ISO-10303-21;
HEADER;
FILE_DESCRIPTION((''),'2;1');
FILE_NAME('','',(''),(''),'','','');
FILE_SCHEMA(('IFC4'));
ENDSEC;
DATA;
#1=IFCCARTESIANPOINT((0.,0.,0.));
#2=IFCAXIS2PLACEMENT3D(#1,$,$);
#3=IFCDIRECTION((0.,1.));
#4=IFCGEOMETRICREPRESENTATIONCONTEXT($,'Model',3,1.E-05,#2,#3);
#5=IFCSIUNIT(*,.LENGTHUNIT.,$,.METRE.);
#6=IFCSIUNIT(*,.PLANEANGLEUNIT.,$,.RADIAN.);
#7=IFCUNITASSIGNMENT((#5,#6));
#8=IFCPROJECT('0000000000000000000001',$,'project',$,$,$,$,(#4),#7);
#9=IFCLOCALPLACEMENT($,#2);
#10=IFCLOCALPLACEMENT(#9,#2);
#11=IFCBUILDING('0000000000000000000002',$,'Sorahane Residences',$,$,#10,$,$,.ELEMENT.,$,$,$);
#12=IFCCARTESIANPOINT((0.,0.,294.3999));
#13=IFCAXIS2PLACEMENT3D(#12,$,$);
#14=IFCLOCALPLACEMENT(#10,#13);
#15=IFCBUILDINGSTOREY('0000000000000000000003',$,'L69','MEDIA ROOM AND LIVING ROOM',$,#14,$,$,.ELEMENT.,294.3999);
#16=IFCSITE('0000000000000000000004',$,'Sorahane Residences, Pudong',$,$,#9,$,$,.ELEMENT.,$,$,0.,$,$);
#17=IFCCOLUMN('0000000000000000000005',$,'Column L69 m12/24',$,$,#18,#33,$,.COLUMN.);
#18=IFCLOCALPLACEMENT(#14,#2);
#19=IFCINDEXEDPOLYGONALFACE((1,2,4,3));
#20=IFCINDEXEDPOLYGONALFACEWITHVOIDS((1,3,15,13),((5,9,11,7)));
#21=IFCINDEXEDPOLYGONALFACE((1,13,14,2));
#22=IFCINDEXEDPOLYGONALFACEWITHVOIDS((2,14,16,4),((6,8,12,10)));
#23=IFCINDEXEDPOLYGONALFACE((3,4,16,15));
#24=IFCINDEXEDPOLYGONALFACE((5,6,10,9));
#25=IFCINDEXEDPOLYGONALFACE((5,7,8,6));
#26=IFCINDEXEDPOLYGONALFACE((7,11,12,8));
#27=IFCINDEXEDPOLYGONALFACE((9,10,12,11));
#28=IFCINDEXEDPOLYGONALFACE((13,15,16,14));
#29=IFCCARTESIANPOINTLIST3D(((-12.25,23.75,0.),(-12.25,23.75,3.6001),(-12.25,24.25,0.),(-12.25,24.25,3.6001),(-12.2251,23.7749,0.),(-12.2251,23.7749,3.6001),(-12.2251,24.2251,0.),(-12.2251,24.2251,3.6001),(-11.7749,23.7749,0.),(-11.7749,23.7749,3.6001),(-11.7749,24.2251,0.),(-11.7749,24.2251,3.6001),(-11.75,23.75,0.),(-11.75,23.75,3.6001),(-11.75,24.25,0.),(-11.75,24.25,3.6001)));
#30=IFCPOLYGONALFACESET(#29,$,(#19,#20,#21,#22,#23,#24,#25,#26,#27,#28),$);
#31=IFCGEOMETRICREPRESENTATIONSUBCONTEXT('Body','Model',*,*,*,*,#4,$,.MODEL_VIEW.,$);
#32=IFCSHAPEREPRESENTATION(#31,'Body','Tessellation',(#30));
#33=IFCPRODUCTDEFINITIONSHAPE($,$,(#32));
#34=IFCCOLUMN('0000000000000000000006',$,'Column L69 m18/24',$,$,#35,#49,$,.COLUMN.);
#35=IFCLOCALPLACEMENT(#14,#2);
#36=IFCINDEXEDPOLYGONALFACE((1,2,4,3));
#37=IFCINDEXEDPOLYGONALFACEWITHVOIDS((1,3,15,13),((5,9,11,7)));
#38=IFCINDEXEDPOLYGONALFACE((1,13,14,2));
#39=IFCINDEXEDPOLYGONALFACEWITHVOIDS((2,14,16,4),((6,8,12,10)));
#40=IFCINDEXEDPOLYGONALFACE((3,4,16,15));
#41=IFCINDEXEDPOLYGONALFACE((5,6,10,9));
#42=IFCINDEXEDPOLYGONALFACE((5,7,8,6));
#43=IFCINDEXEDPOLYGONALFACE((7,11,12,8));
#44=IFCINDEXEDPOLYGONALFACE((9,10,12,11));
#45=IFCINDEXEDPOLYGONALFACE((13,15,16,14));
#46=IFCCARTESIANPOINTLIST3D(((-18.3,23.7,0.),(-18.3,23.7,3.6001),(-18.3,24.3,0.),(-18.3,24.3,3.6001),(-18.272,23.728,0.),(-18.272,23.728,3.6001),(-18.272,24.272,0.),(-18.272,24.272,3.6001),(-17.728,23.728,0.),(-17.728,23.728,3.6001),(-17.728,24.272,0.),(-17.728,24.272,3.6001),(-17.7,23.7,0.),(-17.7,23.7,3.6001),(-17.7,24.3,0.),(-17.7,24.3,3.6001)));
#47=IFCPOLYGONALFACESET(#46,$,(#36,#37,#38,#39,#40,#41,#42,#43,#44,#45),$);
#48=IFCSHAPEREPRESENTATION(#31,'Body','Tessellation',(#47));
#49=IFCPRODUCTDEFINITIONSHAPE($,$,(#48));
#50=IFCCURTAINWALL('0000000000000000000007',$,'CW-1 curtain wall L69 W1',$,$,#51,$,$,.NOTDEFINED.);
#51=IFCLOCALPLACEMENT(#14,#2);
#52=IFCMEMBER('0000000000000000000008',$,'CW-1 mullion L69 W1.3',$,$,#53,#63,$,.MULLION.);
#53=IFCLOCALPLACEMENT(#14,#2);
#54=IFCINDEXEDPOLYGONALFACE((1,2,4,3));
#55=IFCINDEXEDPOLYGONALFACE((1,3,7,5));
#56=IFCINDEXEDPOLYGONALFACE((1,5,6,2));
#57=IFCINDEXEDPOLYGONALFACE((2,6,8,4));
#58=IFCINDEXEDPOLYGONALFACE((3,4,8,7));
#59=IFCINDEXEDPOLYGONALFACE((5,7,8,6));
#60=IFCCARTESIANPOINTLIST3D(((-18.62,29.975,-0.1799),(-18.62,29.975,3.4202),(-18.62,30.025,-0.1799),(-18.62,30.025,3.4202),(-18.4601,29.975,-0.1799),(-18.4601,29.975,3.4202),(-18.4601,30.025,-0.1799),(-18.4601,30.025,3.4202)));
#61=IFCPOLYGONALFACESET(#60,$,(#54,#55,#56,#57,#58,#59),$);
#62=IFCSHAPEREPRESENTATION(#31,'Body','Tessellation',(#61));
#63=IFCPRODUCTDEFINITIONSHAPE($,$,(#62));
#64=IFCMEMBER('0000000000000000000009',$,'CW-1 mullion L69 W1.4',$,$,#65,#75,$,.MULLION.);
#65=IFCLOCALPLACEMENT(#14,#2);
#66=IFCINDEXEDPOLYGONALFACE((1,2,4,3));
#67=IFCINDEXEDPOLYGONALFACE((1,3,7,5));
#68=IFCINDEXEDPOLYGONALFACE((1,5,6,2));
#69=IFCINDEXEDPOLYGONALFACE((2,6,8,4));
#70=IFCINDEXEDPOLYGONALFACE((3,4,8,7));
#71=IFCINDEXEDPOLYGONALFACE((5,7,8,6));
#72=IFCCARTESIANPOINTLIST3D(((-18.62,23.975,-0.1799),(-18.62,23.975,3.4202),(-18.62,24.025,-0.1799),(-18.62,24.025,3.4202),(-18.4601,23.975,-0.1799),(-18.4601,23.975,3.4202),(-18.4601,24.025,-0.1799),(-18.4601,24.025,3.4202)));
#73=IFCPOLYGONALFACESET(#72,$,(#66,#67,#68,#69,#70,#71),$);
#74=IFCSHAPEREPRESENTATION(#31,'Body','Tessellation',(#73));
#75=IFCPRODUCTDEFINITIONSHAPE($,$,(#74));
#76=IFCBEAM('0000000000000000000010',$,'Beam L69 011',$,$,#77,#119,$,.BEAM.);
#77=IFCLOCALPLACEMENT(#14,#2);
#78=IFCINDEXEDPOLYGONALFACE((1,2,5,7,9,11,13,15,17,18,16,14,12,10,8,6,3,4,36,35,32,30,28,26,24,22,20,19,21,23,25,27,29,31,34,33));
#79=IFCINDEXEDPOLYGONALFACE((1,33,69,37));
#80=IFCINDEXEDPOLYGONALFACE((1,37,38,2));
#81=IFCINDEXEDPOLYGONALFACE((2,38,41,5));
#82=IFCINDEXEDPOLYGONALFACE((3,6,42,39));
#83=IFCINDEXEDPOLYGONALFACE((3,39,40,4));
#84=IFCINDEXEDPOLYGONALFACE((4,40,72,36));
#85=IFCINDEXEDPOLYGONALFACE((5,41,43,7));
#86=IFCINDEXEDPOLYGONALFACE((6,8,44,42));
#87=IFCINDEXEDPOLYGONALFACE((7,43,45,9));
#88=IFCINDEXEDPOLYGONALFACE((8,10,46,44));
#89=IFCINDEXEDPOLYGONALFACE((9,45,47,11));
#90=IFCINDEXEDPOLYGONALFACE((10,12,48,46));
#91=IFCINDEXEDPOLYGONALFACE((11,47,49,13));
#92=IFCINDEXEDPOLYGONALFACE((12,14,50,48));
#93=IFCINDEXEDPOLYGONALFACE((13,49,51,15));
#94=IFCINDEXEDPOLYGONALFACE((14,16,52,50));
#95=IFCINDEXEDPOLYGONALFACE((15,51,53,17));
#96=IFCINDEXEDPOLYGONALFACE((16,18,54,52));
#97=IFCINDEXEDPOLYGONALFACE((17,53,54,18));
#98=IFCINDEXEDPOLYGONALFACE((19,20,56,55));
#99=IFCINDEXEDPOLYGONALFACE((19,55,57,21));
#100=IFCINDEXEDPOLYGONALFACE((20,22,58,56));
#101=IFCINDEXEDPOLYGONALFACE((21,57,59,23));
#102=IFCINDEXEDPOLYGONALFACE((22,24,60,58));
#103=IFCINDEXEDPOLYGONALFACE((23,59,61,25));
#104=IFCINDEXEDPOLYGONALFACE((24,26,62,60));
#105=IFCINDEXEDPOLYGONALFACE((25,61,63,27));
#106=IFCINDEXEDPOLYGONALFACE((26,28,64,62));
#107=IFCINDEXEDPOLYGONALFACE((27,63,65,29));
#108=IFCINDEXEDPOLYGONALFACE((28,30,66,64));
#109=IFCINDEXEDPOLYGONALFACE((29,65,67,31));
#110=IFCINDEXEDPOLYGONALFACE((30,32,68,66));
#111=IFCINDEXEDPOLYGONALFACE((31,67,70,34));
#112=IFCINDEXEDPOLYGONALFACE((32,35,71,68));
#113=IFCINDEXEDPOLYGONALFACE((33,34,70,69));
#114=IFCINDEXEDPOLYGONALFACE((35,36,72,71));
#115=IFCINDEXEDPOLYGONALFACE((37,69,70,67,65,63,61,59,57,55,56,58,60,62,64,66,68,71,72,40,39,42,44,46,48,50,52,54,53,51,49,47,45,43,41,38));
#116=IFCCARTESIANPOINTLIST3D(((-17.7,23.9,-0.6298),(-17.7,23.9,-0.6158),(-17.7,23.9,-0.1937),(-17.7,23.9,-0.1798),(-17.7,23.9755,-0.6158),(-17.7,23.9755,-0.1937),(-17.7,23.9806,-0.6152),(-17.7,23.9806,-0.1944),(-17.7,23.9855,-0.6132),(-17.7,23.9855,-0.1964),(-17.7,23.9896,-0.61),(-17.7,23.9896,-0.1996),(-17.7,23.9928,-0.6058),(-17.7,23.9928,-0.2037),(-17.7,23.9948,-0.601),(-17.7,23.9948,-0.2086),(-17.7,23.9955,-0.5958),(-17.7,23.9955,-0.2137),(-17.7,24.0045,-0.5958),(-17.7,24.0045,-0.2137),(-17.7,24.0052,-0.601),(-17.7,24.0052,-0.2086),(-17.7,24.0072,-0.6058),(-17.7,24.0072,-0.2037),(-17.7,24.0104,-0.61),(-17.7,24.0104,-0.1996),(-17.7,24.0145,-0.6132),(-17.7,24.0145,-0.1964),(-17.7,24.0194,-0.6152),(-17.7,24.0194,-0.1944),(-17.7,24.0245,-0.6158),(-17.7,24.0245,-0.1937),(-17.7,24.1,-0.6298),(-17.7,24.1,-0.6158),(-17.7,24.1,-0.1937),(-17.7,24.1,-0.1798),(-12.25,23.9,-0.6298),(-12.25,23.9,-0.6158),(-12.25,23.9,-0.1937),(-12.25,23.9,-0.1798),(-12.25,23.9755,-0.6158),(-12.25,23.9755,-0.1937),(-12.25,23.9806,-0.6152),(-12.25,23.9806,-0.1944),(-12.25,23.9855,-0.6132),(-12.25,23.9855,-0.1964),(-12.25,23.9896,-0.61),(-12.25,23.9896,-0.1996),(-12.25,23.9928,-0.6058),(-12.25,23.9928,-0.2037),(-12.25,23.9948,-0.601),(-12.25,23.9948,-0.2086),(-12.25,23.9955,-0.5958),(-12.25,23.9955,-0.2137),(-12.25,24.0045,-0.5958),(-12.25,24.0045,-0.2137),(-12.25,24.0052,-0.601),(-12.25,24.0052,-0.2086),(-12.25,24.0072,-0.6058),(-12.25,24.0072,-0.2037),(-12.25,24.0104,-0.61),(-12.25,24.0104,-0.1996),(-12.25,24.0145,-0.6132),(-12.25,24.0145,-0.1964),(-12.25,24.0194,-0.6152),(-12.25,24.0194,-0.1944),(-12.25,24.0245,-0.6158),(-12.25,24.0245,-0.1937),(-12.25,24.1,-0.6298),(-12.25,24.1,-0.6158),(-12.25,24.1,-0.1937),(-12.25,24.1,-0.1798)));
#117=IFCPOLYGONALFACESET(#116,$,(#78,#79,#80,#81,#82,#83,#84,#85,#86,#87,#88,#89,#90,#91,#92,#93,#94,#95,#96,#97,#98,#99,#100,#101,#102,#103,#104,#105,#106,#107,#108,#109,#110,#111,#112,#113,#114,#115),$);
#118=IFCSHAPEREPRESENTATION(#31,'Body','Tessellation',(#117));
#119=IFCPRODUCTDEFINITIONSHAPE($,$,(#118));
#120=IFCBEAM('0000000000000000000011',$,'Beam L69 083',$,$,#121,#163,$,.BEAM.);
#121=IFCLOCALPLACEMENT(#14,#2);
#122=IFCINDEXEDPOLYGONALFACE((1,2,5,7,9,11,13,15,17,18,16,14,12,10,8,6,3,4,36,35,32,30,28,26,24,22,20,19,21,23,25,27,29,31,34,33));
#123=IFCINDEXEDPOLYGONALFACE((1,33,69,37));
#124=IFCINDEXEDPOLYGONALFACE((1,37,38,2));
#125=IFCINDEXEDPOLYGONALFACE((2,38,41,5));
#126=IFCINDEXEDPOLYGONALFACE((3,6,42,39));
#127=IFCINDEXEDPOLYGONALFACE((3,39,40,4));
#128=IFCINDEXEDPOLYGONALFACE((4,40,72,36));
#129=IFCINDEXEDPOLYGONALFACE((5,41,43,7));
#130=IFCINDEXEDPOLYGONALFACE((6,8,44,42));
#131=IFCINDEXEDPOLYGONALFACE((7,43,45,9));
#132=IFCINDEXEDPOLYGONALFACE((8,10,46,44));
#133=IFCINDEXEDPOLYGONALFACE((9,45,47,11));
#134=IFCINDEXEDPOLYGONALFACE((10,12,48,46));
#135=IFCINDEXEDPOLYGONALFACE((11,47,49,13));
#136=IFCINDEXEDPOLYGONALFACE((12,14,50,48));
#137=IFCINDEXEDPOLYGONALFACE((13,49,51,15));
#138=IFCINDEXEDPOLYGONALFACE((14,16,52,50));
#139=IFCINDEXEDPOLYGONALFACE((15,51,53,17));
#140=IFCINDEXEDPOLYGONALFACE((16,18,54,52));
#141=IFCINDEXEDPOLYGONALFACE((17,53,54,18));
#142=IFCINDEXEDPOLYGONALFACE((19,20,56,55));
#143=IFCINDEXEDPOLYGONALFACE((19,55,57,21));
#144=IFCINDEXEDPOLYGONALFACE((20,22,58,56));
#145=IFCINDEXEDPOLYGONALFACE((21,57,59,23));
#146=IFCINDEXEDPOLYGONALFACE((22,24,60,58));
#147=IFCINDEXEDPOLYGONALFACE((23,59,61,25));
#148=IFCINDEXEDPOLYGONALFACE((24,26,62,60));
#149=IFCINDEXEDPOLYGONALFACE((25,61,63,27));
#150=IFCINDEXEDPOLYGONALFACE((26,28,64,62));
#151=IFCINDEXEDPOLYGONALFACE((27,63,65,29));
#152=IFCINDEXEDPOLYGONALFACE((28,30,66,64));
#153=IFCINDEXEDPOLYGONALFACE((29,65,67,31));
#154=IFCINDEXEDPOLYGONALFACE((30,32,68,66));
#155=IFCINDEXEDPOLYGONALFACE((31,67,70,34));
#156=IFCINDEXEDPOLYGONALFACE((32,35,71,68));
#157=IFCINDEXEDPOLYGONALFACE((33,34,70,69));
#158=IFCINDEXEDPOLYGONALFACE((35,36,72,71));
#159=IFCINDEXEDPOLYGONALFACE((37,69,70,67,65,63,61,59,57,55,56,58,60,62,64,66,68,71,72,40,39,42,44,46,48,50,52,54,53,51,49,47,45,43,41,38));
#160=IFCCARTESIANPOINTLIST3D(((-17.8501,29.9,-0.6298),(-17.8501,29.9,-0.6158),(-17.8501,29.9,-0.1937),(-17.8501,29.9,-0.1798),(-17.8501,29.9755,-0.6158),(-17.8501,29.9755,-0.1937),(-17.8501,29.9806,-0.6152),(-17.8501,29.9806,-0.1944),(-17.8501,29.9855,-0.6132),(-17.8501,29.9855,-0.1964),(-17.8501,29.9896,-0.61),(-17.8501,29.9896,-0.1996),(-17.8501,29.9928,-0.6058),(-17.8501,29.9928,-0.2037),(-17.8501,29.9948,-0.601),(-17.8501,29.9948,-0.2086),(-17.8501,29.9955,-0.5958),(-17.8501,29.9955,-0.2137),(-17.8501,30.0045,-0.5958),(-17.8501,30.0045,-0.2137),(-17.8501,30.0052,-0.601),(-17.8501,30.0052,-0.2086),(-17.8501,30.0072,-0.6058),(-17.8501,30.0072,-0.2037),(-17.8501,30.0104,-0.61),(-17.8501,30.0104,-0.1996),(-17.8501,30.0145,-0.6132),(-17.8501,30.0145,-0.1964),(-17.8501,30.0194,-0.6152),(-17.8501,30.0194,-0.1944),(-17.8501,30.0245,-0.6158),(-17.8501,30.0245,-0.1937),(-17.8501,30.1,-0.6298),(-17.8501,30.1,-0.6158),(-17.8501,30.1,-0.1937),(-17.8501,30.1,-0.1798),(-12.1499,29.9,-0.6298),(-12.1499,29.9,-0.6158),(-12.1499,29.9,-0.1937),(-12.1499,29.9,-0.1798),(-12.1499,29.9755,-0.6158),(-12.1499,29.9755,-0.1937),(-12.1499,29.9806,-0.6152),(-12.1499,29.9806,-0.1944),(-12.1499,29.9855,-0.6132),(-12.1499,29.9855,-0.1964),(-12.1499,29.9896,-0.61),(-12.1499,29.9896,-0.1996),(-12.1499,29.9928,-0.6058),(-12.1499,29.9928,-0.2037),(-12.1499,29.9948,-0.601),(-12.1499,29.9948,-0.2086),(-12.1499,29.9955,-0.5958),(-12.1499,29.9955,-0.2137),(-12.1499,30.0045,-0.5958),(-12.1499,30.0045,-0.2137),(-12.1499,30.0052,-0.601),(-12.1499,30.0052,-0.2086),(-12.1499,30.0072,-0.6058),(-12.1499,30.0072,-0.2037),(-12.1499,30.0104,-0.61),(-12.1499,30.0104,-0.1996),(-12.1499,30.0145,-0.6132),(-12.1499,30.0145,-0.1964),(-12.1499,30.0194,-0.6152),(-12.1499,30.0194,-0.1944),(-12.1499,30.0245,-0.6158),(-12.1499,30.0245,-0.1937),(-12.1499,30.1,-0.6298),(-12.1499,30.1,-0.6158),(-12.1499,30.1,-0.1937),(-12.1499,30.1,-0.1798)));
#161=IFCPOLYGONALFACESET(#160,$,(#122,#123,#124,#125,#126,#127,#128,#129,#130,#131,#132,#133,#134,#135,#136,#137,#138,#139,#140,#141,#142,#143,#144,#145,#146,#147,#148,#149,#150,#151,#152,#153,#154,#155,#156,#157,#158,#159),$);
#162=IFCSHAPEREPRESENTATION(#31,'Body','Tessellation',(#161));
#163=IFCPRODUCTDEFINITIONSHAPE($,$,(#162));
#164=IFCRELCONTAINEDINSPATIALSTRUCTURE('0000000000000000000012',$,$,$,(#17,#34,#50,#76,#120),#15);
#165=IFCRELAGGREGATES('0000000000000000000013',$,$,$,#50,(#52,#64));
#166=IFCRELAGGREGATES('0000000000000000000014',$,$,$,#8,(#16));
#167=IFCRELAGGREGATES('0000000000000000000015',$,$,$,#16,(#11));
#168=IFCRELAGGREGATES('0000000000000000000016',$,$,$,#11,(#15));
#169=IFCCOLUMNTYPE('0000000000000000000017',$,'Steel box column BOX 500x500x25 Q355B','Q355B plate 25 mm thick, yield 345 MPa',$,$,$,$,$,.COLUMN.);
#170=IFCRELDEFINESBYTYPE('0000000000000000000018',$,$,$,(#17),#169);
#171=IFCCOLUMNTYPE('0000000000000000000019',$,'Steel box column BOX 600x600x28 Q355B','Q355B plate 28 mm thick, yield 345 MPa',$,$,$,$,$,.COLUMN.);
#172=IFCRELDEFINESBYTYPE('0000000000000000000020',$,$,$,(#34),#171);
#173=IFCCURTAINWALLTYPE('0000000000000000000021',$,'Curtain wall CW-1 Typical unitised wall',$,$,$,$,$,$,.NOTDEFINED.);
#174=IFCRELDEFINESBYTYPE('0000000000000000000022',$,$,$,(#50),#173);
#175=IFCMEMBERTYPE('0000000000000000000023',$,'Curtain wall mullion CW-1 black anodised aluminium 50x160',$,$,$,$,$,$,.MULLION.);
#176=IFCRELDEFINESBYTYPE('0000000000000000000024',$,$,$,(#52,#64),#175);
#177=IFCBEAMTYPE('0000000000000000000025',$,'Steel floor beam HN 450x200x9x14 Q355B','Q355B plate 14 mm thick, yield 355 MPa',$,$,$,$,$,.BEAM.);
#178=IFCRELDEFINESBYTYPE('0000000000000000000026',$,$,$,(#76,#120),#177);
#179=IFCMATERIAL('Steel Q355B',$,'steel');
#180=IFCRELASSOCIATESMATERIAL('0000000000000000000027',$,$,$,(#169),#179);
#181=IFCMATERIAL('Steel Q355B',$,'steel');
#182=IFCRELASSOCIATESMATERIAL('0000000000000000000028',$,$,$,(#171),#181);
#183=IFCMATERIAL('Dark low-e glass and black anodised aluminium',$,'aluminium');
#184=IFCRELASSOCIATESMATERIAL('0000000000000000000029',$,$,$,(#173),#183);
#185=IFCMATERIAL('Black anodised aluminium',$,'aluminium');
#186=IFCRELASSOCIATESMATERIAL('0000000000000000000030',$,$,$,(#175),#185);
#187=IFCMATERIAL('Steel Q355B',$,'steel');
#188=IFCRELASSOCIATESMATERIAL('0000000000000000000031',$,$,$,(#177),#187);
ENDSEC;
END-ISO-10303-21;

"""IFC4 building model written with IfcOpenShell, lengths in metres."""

from ifc_helpers import new_model, si_unit, direction, frame, origin, origin_2d, place, context, subcontext, project, spatial, rectangle, hollow_rectangle, i_section, extrude, material, material_profile, profile_set, type_object, element, aggregate, save


model = new_model("IFC4")

# Units and contexts
model_context = context("Model", 3, precision=1e-05, world=origin(), true_north=direction((0.0, 1.0)))
body_context = subcontext(model_context, "Body", "Model", "MODEL_VIEW")
ifc_project = project(units=[si_unit("LENGTHUNIT", "METRE"), si_unit("PLANEANGLEUNIT", "RADIAN")], contexts=[model_context])

# Site, building, storey
site_placement = place(None, origin())
site = spatial("IfcSite", under=ifc_project, at=site_placement, Name="Sorahane Residences, Pudong", CompositionType="ELEMENT", RefElevation=0.0)
building_placement = place(site_placement, origin())
building = spatial("IfcBuilding", under=site, at=building_placement, Name="Sorahane Residences", CompositionType="ELEMENT")
storey_placement = place(building_placement, frame((0.0, 0.0, 294.3999)))
storey = spatial("IfcBuildingStorey", under=building, at=storey_placement, Name="L69", Description="MEDIA ROOM AND LIVING ROOM", CompositionType="ELEMENT", Elevation=294.3999)

# Columns
ifc_material_1 = material(Name="Steel Q355B", Category="steel")
ifc_material_profile_1 = material_profile(ifc_material_1, hollow_rectangle(XDim=0.5, YDim=0.5, WallThickness=0.0249, at=origin_2d()), Name="BOX 500x500x25")
ifc_profile_set_1 = profile_set([ifc_material_profile_1], Name="Steel Q355B")
column_type_1 = type_object("IfcColumnType", Name="Steel box column BOX 500x500x25 Q355B", Description="Q355B plate 25 mm thick, yield 345 MPa", PredefinedType="COLUMN", material=ifc_profile_set_1)
column_1_placement = place(storey_placement, frame((-12.0, 24.0, 0.0), z_axis=(0.0, 0.0, 1.0), x_axis=(1.0, 0.0, 0.0)))
element("IfcColumn", 1, at=column_1_placement, inside=storey, type_object=column_type_1, Name="Column L69 m12/24", PredefinedType="COLUMN", context=body_context, shape_type="SweptSolid", body=[
    extrude(hollow_rectangle(XDim=0.5, YDim=0.5, WallThickness=0.0249, at=origin_2d()), origin(), (0.0, 0.0, 1.0), 3.6001),
])
ifc_material_2 = material(Name="Steel Q355B", Category="steel")
ifc_material_profile_2 = material_profile(ifc_material_2, hollow_rectangle(XDim=0.6001, YDim=0.6001, WallThickness=0.0281, at=origin_2d()), Name="BOX 600x600x28")
ifc_profile_set_2 = profile_set([ifc_material_profile_2], Name="Steel Q355B")
column_type_2 = type_object("IfcColumnType", Name="Steel box column BOX 600x600x28 Q355B", Description="Q355B plate 28 mm thick, yield 345 MPa", PredefinedType="COLUMN", material=ifc_profile_set_2)
column_2_placement = place(storey_placement, frame((-18.0, 24.0, 0.0), z_axis=(0.0, 0.0, 1.0), x_axis=(1.0, 0.0, 0.0)))
element("IfcColumn", 2, at=column_2_placement, inside=storey, type_object=column_type_2, Name="Column L69 m18/24", PredefinedType="COLUMN", context=body_context, shape_type="SweptSolid", body=[
    extrude(hollow_rectangle(XDim=0.6001, YDim=0.6001, WallThickness=0.0281, at=origin_2d()), origin(), (0.0, 0.0, 1.0), 3.6001),
])

# Curtain wall, members
ifc_material_3 = material(Name="Dark low-e glass and black anodised aluminium", Category="aluminium")
curtain_wall_type = type_object("IfcCurtainWallType", Name="Curtain wall CW-1 Typical unitised wall", PredefinedType="NOTDEFINED", material=ifc_material_3)
curtain_wall_placement = place(storey_placement, origin())
curtain_wall = element("IfcCurtainWall", 3, at=curtain_wall_placement, inside=storey, type_object=curtain_wall_type, Name="CW-1 curtain wall L69 W1", PredefinedType="NOTDEFINED")
ifc_material_4 = material(Name="Black anodised aluminium", Category="aluminium")
ifc_material_profile_3 = material_profile(ifc_material_4, rectangle(XDim=0.1599, YDim=0.05, at=origin_2d()), Name="Curtain wall mullion CW-1 black anodised aluminium 50x160")
ifc_profile_set_3 = profile_set([ifc_material_profile_3], Name="Black anodised aluminium")
member_type = type_object("IfcMemberType", Name="Curtain wall mullion CW-1 black anodised aluminium 50x160", PredefinedType="MULLION", material=ifc_profile_set_3)
member_1_placement = place(storey_placement, frame((-18.54, 30.0, -0.1799), z_axis=(0.0, 0.0, 1.0), x_axis=(-1.0, 0.0, 0.0)))
member_1 = element("IfcMember", 4, at=member_1_placement, type_object=member_type, Name="CW-1 mullion L69 W1.3", PredefinedType="MULLION", context=body_context, shape_type="SweptSolid", body=[
    extrude(rectangle(XDim=0.1599, YDim=0.05, at=origin_2d()), origin(), (0.0, 0.0, 1.0), 3.6001),
])
member_2_placement = place(storey_placement, frame((-18.54, 24.0, -0.1799), z_axis=(0.0, 0.0, 1.0), x_axis=(-1.0, 0.0, 0.0)))
member_2 = element("IfcMember", 5, at=member_2_placement, type_object=member_type, Name="CW-1 mullion L69 W1.4", PredefinedType="MULLION", context=body_context, shape_type="SweptSolid", body=[
    extrude(rectangle(XDim=0.1599, YDim=0.05, at=origin_2d()), origin(), (0.0, 0.0, 1.0), 3.6001),
])

# Beams
ifc_material_5 = material(Name="Steel Q355B", Category="steel")
ifc_material_profile_4 = material_profile(ifc_material_5, i_section(OverallWidth=0.2, OverallDepth=0.45, WebThickness=0.009, FlangeThickness=0.0139, FilletRadius=0.02, at=origin_2d()), Name="HN 450x200x9x14")
ifc_profile_set_4 = profile_set([ifc_material_profile_4], Name="Steel Q355B")
beam_type_1 = type_object("IfcBeamType", Name="Steel floor beam HN 450x200x9x14 Q355B", Description="Q355B plate 14 mm thick, yield 355 MPa", PredefinedType="BEAM", material=ifc_profile_set_4)
beam_1_placement = place(storey_placement, frame((-17.7, 24.0, -0.4048), z_axis=(1.0, 0.0, 0.0), x_axis=(0.0, 1.0, 0.0)))
element("IfcBeam", 6, at=beam_1_placement, inside=storey, type_object=beam_type_1, Name="Beam L69 011", PredefinedType="BEAM", context=body_context, shape_type="SweptSolid", body=[
    extrude(i_section(OverallWidth=0.2, OverallDepth=0.45, WebThickness=0.009, FlangeThickness=0.0139, FilletRadius=0.02, at=origin_2d()), origin(), (0.0, 0.0, 1.0), 5.45),
])
beam_2_placement = place(storey_placement, frame((-17.8501, 30.0, -0.4048), z_axis=(1.0, 0.0, 0.0), x_axis=(0.0, 1.0, 0.0)))
element("IfcBeam", 7, at=beam_2_placement, inside=storey, type_object=beam_type_1, Name="Beam L69 083", PredefinedType="BEAM", context=body_context, shape_type="SweptSolid", body=[
    extrude(i_section(OverallWidth=0.2, OverallDepth=0.45, WebThickness=0.009, FlangeThickness=0.0139, FilletRadius=0.02, at=origin_2d()), origin(), (0.0, 0.0, 1.0), 5.7002),
])

aggregate(curtain_wall, [member_1, member_2])

save(model, "model.ifc")
